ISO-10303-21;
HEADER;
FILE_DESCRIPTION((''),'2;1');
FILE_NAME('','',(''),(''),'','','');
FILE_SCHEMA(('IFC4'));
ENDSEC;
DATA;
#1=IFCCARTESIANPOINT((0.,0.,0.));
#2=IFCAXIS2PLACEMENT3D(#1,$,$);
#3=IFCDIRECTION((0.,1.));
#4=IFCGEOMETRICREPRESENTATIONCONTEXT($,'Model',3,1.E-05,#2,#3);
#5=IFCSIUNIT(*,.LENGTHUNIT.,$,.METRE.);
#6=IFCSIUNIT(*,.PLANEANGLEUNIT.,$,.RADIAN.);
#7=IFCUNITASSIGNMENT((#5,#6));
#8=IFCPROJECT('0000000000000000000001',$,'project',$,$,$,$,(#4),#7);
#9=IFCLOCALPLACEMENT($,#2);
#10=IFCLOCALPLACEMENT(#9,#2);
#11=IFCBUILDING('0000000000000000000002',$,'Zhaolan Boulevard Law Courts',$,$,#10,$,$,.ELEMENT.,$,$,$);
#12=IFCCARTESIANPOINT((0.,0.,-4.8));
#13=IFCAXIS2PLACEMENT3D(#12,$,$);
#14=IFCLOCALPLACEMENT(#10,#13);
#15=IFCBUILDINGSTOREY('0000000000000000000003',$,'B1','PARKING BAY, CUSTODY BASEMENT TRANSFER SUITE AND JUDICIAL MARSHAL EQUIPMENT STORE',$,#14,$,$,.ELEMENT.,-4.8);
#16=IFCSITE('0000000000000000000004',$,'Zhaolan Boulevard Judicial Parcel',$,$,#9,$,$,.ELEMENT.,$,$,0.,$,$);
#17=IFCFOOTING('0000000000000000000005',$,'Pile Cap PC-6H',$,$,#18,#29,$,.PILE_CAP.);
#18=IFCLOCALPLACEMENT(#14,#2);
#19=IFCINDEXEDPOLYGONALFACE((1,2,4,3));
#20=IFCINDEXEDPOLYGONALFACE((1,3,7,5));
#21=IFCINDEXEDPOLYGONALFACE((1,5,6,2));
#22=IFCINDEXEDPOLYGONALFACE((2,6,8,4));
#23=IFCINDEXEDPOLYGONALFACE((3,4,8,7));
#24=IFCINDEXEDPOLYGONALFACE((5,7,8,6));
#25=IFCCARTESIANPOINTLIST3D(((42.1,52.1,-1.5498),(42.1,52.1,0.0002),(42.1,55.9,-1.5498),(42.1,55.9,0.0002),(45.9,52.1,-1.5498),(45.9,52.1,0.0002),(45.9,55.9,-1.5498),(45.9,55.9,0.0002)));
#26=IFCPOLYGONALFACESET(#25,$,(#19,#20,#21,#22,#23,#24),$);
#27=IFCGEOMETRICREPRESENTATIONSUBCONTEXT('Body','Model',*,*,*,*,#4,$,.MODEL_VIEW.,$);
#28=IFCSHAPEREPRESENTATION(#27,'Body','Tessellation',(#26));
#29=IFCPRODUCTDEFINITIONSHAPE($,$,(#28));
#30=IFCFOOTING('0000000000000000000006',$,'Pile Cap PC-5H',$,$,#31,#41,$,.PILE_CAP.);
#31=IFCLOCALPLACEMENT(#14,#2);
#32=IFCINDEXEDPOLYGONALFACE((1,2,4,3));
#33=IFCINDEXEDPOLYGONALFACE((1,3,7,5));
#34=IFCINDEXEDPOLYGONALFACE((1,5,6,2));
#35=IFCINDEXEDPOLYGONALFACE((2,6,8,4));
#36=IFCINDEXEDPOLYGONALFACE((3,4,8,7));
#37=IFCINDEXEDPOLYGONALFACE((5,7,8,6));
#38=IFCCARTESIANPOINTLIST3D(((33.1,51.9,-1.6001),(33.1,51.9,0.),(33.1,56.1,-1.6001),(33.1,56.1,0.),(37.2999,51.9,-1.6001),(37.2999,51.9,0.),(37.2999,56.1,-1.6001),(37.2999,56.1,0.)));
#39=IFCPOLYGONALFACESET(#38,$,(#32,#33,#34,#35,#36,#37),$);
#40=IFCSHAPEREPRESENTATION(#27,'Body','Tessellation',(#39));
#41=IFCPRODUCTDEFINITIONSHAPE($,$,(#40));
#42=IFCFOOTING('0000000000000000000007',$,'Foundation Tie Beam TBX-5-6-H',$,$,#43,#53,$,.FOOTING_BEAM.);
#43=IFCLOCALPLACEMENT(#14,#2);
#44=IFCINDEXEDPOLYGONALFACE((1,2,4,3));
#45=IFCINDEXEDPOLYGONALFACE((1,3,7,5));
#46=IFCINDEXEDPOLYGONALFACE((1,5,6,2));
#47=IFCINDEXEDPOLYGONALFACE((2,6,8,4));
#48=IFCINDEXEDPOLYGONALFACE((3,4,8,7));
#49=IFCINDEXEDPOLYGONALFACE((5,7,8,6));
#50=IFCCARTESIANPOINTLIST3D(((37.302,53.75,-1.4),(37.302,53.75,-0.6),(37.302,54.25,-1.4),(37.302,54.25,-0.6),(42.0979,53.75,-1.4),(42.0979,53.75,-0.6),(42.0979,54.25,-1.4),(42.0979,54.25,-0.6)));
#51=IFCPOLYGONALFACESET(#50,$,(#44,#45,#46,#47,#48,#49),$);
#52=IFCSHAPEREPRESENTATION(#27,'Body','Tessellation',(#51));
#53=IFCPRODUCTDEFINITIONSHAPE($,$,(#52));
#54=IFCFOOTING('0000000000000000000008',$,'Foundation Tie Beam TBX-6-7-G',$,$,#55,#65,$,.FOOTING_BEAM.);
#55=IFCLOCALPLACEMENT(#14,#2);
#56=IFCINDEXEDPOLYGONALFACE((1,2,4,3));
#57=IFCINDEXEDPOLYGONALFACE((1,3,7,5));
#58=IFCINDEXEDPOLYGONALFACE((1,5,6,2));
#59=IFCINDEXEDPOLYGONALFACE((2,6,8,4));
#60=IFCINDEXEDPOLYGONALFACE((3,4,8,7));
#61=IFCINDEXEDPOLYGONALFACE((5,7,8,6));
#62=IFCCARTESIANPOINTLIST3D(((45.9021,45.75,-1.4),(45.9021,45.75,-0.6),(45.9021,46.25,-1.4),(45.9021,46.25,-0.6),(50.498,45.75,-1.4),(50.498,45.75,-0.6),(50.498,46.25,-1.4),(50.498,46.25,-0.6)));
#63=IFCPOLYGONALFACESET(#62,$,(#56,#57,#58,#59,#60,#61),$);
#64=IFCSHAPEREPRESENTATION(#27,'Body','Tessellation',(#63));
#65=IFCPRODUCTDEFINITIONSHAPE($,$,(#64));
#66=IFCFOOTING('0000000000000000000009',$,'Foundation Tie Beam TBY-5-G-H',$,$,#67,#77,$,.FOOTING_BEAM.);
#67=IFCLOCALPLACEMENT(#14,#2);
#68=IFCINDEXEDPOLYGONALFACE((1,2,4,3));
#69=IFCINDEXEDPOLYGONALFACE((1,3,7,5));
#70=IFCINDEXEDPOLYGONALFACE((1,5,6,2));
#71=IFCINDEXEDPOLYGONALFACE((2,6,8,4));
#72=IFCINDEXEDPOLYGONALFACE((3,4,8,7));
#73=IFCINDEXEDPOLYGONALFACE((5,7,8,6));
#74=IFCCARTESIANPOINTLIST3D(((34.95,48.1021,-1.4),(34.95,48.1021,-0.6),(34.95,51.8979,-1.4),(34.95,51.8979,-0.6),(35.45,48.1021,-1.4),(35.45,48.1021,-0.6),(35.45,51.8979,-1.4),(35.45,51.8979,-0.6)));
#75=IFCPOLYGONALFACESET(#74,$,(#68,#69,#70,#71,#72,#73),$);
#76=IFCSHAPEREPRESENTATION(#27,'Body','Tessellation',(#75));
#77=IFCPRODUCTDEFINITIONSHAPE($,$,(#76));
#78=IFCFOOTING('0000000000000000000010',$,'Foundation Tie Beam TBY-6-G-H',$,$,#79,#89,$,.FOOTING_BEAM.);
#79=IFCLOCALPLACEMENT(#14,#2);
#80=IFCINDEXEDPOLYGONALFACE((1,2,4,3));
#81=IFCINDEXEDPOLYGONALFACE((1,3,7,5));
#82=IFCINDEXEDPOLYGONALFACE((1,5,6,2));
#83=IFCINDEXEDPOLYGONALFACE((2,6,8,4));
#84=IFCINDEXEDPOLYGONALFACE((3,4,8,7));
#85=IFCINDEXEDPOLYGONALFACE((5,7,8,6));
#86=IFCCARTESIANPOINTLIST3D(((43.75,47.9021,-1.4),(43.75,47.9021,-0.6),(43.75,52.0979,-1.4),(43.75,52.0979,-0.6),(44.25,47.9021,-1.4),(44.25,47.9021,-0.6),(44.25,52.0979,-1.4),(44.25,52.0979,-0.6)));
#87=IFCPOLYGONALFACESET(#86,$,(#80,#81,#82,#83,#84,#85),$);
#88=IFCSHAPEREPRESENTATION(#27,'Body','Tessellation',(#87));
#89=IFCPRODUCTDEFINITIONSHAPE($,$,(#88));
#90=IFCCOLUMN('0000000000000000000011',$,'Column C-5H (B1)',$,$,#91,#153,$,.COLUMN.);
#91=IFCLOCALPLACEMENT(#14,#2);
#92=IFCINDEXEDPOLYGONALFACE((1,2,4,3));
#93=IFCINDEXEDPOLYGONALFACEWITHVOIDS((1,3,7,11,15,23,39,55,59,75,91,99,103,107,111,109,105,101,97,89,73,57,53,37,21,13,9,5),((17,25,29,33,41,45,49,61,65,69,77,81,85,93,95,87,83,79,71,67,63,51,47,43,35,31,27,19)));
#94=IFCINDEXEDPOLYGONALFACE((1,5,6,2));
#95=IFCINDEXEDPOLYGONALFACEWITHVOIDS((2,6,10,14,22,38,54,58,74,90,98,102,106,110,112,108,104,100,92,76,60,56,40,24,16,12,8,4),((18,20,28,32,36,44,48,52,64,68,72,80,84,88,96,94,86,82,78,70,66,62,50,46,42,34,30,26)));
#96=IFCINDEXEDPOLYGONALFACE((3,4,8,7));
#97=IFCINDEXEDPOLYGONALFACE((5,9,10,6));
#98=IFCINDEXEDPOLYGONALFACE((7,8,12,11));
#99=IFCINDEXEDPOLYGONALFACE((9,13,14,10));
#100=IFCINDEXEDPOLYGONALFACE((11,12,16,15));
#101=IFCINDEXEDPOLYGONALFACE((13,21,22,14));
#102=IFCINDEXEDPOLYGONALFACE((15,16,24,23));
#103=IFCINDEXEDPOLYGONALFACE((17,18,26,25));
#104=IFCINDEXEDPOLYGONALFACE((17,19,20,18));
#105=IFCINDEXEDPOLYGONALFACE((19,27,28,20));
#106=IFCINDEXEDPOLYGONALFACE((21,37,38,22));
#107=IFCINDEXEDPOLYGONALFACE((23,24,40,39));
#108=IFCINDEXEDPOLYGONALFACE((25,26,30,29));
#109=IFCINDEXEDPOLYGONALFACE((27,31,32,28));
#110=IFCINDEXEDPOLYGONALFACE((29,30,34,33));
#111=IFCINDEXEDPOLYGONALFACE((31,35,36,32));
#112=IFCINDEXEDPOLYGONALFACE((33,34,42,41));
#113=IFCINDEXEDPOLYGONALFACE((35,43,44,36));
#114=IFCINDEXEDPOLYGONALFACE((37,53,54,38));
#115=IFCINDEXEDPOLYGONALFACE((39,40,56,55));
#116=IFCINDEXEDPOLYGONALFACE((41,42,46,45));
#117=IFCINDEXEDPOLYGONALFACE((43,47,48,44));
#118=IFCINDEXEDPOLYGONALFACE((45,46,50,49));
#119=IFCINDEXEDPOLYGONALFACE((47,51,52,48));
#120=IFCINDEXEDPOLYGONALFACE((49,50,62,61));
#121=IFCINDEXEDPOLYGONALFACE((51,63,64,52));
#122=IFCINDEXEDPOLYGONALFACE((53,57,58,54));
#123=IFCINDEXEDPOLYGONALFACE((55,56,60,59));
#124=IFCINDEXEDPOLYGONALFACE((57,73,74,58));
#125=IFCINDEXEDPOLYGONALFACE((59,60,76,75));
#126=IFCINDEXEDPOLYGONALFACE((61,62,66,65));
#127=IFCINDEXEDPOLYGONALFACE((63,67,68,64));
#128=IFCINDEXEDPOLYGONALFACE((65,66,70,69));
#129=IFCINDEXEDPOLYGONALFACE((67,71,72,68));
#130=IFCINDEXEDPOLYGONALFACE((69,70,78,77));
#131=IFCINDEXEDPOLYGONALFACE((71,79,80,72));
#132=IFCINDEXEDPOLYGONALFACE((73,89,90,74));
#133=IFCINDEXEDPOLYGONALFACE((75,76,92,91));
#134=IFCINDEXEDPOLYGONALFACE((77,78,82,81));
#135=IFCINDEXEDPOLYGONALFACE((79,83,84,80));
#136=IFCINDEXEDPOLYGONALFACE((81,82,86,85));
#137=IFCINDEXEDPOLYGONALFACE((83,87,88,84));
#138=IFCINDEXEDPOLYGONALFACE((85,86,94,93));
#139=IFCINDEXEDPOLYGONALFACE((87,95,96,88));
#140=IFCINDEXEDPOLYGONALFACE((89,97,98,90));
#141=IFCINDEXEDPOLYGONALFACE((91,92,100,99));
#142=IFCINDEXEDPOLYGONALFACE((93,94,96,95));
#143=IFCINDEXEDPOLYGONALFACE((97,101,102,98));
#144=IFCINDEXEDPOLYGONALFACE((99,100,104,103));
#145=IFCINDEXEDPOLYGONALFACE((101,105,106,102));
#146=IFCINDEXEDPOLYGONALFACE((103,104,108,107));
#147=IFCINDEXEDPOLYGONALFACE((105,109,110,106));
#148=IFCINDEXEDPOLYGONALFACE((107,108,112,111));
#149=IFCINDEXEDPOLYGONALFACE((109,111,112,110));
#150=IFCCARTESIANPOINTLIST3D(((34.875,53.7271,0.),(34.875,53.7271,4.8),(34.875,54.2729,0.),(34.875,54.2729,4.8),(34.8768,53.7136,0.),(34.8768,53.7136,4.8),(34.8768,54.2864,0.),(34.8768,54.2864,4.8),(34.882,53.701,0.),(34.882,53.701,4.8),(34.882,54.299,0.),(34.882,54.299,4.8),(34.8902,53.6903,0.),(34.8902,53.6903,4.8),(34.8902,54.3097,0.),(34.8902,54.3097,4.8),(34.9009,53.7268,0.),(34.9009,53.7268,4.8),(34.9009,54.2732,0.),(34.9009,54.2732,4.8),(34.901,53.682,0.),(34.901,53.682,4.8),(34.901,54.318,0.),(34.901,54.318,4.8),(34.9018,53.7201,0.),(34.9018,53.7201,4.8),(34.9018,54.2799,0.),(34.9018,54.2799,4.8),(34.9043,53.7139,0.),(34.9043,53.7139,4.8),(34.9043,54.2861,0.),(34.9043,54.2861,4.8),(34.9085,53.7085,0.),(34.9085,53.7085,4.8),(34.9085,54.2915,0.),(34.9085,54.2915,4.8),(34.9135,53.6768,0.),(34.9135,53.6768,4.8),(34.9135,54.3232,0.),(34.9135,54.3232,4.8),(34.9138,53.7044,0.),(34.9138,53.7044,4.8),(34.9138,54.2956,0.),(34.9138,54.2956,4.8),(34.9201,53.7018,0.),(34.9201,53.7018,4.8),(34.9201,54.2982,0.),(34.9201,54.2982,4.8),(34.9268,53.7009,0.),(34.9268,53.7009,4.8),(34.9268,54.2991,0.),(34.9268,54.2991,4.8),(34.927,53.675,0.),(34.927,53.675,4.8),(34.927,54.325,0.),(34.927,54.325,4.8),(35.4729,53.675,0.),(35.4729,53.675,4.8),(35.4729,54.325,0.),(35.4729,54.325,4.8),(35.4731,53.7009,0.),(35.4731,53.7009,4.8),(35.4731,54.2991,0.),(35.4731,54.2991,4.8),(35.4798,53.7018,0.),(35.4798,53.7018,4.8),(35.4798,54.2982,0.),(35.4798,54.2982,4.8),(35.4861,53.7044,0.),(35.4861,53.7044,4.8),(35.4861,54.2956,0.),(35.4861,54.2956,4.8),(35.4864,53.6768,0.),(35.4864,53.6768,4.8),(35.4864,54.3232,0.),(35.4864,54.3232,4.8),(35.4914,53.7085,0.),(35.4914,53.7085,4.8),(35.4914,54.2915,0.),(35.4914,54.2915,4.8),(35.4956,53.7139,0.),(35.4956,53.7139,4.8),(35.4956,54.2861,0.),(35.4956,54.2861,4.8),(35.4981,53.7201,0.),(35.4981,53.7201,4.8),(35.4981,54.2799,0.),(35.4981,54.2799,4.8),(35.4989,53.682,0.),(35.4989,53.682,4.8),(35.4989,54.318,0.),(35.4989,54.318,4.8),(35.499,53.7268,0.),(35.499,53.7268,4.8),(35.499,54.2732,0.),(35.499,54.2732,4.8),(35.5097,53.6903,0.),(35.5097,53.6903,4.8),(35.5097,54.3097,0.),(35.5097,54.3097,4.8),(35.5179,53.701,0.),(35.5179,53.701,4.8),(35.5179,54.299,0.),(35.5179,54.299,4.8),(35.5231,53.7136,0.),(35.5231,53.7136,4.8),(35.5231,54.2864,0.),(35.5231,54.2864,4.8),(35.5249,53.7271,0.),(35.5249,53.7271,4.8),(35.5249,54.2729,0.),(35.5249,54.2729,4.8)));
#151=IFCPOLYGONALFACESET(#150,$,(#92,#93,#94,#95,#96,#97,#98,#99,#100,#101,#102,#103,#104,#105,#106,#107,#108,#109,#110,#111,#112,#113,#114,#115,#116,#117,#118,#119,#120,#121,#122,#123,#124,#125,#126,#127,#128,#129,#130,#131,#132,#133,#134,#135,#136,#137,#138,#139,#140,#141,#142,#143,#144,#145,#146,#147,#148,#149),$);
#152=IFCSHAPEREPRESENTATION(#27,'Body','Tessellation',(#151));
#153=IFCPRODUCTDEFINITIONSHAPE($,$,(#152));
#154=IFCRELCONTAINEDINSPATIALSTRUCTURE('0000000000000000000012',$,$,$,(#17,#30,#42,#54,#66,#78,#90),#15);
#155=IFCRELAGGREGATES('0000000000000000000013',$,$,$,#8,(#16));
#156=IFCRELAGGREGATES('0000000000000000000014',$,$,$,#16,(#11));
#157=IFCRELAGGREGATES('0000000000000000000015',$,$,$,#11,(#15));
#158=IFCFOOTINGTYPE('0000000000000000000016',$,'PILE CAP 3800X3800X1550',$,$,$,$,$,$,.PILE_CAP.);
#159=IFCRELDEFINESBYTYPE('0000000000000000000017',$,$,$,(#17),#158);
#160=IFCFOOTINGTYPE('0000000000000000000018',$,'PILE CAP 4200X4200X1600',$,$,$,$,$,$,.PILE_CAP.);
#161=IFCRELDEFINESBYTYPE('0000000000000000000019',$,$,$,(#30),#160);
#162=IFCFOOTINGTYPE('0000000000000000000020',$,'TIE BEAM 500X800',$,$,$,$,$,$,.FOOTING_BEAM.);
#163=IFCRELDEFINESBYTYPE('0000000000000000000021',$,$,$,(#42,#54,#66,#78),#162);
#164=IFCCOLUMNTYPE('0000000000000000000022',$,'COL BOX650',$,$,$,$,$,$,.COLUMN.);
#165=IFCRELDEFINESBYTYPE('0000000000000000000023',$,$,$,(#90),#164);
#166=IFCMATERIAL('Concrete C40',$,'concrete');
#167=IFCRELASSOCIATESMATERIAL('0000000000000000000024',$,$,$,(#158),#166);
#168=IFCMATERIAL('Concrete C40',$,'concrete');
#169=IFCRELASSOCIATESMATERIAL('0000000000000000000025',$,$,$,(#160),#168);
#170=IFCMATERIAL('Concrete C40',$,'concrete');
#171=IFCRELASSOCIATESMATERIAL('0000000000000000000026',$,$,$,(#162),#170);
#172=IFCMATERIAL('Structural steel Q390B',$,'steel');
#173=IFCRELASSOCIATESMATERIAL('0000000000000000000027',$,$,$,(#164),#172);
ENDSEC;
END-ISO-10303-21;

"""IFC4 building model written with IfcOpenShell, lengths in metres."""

from ifc_helpers import new_model, si_unit, direction, frame, origin, origin_2d, place, context, subcontext, project, spatial, rectangle, hollow_rectangle, extrude, material, material_profile, profile_set, type_object, element, save


model = new_model("IFC4")

# Units and contexts
model_context = context("Model", 3, precision=1e-05, world=origin(), true_north=direction((0.0, 1.0)))
body_context = subcontext(model_context, "Body", "Model", "MODEL_VIEW")
ifc_project = project(units=[si_unit("LENGTHUNIT", "METRE"), si_unit("PLANEANGLEUNIT", "RADIAN")], contexts=[model_context])

# Site, building, storey
site_placement = place(None, origin())
site = spatial("IfcSite", under=ifc_project, at=site_placement, Name="Zhaolan Boulevard Judicial Parcel", CompositionType="ELEMENT", RefElevation=0.0)
building_placement = place(site_placement, origin())
building = spatial("IfcBuilding", under=site, at=building_placement, Name="Zhaolan Boulevard Law Courts", CompositionType="ELEMENT")
storey_placement = place(building_placement, frame((0.0, 0.0, -4.8)))
storey = spatial("IfcBuildingStorey", under=building, at=storey_placement, Name="B1", Description="PARKING BAY, CUSTODY BASEMENT TRANSFER SUITE AND JUDICIAL MARSHAL EQUIPMENT STORE", CompositionType="ELEMENT", Elevation=-4.8)

# Footings
ifc_material_1 = material(Name="Concrete C40", Category="concrete")
footing_type_1 = type_object("IfcFootingType", Name="PILE CAP 3800X3800X1550", PredefinedType="PILE_CAP", material=ifc_material_1)
footing_1_placement = place(storey_placement, frame((44.0, 54.0, -1.5498), z_axis=(0.0, 0.0, 1.0), x_axis=(1.0, 0.0, 0.0)))
element("IfcFooting", 1, at=footing_1_placement, inside=storey, type_object=footing_type_1, Name="Pile Cap PC-6H", PredefinedType="PILE_CAP", context=body_context, shape_type="SweptSolid", body=[
    extrude(rectangle(XDim=3.8, YDim=3.8, at=origin_2d()), origin(), (0.0, 0.0, 1.0), 1.55),
])
ifc_material_2 = material(Name="Concrete C40", Category="concrete")
footing_type_2 = type_object("IfcFootingType", Name="PILE CAP 4200X4200X1600", PredefinedType="PILE_CAP", material=ifc_material_2)
footing_2_placement = place(storey_placement, frame((35.2, 54.0, -1.6001), z_axis=(0.0, 0.0, 1.0), x_axis=(1.0, 0.0, 0.0)))
element("IfcFooting", 2, at=footing_2_placement, inside=storey, type_object=footing_type_2, Name="Pile Cap PC-5H", PredefinedType="PILE_CAP", context=body_context, shape_type="SweptSolid", body=[
    extrude(rectangle(XDim=4.2, YDim=4.2, at=origin_2d()), origin(), (0.0, 0.0, 1.0), 1.6001),
])
ifc_material_3 = material(Name="Concrete C40", Category="concrete")
ifc_material_profile_1 = material_profile(ifc_material_3, rectangle(XDim=0.5, YDim=0.8, at=origin_2d()), Name="RC500x800")
ifc_profile_set_1 = profile_set([ifc_material_profile_1], Name="Concrete C40")
footing_type_3 = type_object("IfcFootingType", Name="TIE BEAM 500X800", PredefinedType="FOOTING_BEAM", material=ifc_profile_set_1)
footing_3_placement = place(storey_placement, frame((37.302, 54.0, -1.0), z_axis=(1.0, 0.0, 0.0), x_axis=(0.0, 1.0, 0.0)))
element("IfcFooting", 3, at=footing_3_placement, inside=storey, type_object=footing_type_3, Name="Foundation Tie Beam TBX-5-6-H", PredefinedType="FOOTING_BEAM", context=body_context, shape_type="SweptSolid", body=[
    extrude(rectangle(XDim=0.5, YDim=0.8, at=origin_2d()), origin(), (0.0, 0.0, 1.0), 4.7959),
])
footing_4_placement = place(storey_placement, frame((45.9021, 46.0, -1.0), z_axis=(1.0, 0.0, 0.0), x_axis=(0.0, 1.0, 0.0)))
element("IfcFooting", 4, at=footing_4_placement, inside=storey, type_object=footing_type_3, Name="Foundation Tie Beam TBX-6-7-G", PredefinedType="FOOTING_BEAM", context=body_context, shape_type="SweptSolid", body=[
    extrude(rectangle(XDim=0.5, YDim=0.8, at=origin_2d()), origin(), (0.0, 0.0, 1.0), 4.5959),
])
footing_5_placement = place(storey_placement, frame((35.2, 48.1021, -1.0), z_axis=(0.0, 1.0, 0.0), x_axis=(-1.0, 0.0, 0.0)))
element("IfcFooting", 5, at=footing_5_placement, inside=storey, type_object=footing_type_3, Name="Foundation Tie Beam TBY-5-G-H", PredefinedType="FOOTING_BEAM", context=body_context, shape_type="SweptSolid", body=[
    extrude(rectangle(XDim=0.5, YDim=0.8, at=origin_2d()), origin(), (0.0, 0.0, 1.0), 3.7959),
])
footing_6_placement = place(storey_placement, frame((44.0, 47.9021, -1.0), z_axis=(0.0, 1.0, 0.0), x_axis=(-1.0, 0.0, 0.0)))
element("IfcFooting", 6, at=footing_6_placement, inside=storey, type_object=footing_type_3, Name="Foundation Tie Beam TBY-6-G-H", PredefinedType="FOOTING_BEAM", context=body_context, shape_type="SweptSolid", body=[
    extrude(rectangle(XDim=0.5, YDim=0.8, at=origin_2d()), origin(), (0.0, 0.0, 1.0), 4.1958),
])

# Column
ifc_material_4 = material(Name="Structural steel Q390B", Category="steel")
ifc_material_profile_2 = material_profile(ifc_material_4, hollow_rectangle(XDim=0.6499, YDim=0.6499, WallThickness=0.0259, InnerFilletRadius=0.0259, OuterFilletRadius=0.052, at=origin_2d()), Name="BOX650x650x26")
ifc_profile_set_2 = profile_set([ifc_material_profile_2], Name="Structural steel Q390B")
column_type = type_object("IfcColumnType", Name="COL BOX650", PredefinedType="COLUMN", material=ifc_profile_set_2)
for number, where, z_axis, x_axis, name in (
    (7, (35.2, 54.0, 0.0), (0.0, 0.0, 1.0), (1.0, 0.0, 0.0), "Column C-5H (B1)"),
):
    element("IfcColumn", number, at=place(storey_placement, frame(where, z_axis=z_axis, x_axis=x_axis)), inside=storey, type_object=column_type, Name=name, PredefinedType="COLUMN", context=body_context, shape_type="SweptSolid", body=[
        extrude(hollow_rectangle(XDim=0.6499, YDim=0.6499, WallThickness=0.0259, InnerFilletRadius=0.0259, OuterFilletRadius=0.052, at=origin_2d()), origin(), (0.0, 0.0, 1.0), 4.8),
    ])

save(model, "model.ifc")
